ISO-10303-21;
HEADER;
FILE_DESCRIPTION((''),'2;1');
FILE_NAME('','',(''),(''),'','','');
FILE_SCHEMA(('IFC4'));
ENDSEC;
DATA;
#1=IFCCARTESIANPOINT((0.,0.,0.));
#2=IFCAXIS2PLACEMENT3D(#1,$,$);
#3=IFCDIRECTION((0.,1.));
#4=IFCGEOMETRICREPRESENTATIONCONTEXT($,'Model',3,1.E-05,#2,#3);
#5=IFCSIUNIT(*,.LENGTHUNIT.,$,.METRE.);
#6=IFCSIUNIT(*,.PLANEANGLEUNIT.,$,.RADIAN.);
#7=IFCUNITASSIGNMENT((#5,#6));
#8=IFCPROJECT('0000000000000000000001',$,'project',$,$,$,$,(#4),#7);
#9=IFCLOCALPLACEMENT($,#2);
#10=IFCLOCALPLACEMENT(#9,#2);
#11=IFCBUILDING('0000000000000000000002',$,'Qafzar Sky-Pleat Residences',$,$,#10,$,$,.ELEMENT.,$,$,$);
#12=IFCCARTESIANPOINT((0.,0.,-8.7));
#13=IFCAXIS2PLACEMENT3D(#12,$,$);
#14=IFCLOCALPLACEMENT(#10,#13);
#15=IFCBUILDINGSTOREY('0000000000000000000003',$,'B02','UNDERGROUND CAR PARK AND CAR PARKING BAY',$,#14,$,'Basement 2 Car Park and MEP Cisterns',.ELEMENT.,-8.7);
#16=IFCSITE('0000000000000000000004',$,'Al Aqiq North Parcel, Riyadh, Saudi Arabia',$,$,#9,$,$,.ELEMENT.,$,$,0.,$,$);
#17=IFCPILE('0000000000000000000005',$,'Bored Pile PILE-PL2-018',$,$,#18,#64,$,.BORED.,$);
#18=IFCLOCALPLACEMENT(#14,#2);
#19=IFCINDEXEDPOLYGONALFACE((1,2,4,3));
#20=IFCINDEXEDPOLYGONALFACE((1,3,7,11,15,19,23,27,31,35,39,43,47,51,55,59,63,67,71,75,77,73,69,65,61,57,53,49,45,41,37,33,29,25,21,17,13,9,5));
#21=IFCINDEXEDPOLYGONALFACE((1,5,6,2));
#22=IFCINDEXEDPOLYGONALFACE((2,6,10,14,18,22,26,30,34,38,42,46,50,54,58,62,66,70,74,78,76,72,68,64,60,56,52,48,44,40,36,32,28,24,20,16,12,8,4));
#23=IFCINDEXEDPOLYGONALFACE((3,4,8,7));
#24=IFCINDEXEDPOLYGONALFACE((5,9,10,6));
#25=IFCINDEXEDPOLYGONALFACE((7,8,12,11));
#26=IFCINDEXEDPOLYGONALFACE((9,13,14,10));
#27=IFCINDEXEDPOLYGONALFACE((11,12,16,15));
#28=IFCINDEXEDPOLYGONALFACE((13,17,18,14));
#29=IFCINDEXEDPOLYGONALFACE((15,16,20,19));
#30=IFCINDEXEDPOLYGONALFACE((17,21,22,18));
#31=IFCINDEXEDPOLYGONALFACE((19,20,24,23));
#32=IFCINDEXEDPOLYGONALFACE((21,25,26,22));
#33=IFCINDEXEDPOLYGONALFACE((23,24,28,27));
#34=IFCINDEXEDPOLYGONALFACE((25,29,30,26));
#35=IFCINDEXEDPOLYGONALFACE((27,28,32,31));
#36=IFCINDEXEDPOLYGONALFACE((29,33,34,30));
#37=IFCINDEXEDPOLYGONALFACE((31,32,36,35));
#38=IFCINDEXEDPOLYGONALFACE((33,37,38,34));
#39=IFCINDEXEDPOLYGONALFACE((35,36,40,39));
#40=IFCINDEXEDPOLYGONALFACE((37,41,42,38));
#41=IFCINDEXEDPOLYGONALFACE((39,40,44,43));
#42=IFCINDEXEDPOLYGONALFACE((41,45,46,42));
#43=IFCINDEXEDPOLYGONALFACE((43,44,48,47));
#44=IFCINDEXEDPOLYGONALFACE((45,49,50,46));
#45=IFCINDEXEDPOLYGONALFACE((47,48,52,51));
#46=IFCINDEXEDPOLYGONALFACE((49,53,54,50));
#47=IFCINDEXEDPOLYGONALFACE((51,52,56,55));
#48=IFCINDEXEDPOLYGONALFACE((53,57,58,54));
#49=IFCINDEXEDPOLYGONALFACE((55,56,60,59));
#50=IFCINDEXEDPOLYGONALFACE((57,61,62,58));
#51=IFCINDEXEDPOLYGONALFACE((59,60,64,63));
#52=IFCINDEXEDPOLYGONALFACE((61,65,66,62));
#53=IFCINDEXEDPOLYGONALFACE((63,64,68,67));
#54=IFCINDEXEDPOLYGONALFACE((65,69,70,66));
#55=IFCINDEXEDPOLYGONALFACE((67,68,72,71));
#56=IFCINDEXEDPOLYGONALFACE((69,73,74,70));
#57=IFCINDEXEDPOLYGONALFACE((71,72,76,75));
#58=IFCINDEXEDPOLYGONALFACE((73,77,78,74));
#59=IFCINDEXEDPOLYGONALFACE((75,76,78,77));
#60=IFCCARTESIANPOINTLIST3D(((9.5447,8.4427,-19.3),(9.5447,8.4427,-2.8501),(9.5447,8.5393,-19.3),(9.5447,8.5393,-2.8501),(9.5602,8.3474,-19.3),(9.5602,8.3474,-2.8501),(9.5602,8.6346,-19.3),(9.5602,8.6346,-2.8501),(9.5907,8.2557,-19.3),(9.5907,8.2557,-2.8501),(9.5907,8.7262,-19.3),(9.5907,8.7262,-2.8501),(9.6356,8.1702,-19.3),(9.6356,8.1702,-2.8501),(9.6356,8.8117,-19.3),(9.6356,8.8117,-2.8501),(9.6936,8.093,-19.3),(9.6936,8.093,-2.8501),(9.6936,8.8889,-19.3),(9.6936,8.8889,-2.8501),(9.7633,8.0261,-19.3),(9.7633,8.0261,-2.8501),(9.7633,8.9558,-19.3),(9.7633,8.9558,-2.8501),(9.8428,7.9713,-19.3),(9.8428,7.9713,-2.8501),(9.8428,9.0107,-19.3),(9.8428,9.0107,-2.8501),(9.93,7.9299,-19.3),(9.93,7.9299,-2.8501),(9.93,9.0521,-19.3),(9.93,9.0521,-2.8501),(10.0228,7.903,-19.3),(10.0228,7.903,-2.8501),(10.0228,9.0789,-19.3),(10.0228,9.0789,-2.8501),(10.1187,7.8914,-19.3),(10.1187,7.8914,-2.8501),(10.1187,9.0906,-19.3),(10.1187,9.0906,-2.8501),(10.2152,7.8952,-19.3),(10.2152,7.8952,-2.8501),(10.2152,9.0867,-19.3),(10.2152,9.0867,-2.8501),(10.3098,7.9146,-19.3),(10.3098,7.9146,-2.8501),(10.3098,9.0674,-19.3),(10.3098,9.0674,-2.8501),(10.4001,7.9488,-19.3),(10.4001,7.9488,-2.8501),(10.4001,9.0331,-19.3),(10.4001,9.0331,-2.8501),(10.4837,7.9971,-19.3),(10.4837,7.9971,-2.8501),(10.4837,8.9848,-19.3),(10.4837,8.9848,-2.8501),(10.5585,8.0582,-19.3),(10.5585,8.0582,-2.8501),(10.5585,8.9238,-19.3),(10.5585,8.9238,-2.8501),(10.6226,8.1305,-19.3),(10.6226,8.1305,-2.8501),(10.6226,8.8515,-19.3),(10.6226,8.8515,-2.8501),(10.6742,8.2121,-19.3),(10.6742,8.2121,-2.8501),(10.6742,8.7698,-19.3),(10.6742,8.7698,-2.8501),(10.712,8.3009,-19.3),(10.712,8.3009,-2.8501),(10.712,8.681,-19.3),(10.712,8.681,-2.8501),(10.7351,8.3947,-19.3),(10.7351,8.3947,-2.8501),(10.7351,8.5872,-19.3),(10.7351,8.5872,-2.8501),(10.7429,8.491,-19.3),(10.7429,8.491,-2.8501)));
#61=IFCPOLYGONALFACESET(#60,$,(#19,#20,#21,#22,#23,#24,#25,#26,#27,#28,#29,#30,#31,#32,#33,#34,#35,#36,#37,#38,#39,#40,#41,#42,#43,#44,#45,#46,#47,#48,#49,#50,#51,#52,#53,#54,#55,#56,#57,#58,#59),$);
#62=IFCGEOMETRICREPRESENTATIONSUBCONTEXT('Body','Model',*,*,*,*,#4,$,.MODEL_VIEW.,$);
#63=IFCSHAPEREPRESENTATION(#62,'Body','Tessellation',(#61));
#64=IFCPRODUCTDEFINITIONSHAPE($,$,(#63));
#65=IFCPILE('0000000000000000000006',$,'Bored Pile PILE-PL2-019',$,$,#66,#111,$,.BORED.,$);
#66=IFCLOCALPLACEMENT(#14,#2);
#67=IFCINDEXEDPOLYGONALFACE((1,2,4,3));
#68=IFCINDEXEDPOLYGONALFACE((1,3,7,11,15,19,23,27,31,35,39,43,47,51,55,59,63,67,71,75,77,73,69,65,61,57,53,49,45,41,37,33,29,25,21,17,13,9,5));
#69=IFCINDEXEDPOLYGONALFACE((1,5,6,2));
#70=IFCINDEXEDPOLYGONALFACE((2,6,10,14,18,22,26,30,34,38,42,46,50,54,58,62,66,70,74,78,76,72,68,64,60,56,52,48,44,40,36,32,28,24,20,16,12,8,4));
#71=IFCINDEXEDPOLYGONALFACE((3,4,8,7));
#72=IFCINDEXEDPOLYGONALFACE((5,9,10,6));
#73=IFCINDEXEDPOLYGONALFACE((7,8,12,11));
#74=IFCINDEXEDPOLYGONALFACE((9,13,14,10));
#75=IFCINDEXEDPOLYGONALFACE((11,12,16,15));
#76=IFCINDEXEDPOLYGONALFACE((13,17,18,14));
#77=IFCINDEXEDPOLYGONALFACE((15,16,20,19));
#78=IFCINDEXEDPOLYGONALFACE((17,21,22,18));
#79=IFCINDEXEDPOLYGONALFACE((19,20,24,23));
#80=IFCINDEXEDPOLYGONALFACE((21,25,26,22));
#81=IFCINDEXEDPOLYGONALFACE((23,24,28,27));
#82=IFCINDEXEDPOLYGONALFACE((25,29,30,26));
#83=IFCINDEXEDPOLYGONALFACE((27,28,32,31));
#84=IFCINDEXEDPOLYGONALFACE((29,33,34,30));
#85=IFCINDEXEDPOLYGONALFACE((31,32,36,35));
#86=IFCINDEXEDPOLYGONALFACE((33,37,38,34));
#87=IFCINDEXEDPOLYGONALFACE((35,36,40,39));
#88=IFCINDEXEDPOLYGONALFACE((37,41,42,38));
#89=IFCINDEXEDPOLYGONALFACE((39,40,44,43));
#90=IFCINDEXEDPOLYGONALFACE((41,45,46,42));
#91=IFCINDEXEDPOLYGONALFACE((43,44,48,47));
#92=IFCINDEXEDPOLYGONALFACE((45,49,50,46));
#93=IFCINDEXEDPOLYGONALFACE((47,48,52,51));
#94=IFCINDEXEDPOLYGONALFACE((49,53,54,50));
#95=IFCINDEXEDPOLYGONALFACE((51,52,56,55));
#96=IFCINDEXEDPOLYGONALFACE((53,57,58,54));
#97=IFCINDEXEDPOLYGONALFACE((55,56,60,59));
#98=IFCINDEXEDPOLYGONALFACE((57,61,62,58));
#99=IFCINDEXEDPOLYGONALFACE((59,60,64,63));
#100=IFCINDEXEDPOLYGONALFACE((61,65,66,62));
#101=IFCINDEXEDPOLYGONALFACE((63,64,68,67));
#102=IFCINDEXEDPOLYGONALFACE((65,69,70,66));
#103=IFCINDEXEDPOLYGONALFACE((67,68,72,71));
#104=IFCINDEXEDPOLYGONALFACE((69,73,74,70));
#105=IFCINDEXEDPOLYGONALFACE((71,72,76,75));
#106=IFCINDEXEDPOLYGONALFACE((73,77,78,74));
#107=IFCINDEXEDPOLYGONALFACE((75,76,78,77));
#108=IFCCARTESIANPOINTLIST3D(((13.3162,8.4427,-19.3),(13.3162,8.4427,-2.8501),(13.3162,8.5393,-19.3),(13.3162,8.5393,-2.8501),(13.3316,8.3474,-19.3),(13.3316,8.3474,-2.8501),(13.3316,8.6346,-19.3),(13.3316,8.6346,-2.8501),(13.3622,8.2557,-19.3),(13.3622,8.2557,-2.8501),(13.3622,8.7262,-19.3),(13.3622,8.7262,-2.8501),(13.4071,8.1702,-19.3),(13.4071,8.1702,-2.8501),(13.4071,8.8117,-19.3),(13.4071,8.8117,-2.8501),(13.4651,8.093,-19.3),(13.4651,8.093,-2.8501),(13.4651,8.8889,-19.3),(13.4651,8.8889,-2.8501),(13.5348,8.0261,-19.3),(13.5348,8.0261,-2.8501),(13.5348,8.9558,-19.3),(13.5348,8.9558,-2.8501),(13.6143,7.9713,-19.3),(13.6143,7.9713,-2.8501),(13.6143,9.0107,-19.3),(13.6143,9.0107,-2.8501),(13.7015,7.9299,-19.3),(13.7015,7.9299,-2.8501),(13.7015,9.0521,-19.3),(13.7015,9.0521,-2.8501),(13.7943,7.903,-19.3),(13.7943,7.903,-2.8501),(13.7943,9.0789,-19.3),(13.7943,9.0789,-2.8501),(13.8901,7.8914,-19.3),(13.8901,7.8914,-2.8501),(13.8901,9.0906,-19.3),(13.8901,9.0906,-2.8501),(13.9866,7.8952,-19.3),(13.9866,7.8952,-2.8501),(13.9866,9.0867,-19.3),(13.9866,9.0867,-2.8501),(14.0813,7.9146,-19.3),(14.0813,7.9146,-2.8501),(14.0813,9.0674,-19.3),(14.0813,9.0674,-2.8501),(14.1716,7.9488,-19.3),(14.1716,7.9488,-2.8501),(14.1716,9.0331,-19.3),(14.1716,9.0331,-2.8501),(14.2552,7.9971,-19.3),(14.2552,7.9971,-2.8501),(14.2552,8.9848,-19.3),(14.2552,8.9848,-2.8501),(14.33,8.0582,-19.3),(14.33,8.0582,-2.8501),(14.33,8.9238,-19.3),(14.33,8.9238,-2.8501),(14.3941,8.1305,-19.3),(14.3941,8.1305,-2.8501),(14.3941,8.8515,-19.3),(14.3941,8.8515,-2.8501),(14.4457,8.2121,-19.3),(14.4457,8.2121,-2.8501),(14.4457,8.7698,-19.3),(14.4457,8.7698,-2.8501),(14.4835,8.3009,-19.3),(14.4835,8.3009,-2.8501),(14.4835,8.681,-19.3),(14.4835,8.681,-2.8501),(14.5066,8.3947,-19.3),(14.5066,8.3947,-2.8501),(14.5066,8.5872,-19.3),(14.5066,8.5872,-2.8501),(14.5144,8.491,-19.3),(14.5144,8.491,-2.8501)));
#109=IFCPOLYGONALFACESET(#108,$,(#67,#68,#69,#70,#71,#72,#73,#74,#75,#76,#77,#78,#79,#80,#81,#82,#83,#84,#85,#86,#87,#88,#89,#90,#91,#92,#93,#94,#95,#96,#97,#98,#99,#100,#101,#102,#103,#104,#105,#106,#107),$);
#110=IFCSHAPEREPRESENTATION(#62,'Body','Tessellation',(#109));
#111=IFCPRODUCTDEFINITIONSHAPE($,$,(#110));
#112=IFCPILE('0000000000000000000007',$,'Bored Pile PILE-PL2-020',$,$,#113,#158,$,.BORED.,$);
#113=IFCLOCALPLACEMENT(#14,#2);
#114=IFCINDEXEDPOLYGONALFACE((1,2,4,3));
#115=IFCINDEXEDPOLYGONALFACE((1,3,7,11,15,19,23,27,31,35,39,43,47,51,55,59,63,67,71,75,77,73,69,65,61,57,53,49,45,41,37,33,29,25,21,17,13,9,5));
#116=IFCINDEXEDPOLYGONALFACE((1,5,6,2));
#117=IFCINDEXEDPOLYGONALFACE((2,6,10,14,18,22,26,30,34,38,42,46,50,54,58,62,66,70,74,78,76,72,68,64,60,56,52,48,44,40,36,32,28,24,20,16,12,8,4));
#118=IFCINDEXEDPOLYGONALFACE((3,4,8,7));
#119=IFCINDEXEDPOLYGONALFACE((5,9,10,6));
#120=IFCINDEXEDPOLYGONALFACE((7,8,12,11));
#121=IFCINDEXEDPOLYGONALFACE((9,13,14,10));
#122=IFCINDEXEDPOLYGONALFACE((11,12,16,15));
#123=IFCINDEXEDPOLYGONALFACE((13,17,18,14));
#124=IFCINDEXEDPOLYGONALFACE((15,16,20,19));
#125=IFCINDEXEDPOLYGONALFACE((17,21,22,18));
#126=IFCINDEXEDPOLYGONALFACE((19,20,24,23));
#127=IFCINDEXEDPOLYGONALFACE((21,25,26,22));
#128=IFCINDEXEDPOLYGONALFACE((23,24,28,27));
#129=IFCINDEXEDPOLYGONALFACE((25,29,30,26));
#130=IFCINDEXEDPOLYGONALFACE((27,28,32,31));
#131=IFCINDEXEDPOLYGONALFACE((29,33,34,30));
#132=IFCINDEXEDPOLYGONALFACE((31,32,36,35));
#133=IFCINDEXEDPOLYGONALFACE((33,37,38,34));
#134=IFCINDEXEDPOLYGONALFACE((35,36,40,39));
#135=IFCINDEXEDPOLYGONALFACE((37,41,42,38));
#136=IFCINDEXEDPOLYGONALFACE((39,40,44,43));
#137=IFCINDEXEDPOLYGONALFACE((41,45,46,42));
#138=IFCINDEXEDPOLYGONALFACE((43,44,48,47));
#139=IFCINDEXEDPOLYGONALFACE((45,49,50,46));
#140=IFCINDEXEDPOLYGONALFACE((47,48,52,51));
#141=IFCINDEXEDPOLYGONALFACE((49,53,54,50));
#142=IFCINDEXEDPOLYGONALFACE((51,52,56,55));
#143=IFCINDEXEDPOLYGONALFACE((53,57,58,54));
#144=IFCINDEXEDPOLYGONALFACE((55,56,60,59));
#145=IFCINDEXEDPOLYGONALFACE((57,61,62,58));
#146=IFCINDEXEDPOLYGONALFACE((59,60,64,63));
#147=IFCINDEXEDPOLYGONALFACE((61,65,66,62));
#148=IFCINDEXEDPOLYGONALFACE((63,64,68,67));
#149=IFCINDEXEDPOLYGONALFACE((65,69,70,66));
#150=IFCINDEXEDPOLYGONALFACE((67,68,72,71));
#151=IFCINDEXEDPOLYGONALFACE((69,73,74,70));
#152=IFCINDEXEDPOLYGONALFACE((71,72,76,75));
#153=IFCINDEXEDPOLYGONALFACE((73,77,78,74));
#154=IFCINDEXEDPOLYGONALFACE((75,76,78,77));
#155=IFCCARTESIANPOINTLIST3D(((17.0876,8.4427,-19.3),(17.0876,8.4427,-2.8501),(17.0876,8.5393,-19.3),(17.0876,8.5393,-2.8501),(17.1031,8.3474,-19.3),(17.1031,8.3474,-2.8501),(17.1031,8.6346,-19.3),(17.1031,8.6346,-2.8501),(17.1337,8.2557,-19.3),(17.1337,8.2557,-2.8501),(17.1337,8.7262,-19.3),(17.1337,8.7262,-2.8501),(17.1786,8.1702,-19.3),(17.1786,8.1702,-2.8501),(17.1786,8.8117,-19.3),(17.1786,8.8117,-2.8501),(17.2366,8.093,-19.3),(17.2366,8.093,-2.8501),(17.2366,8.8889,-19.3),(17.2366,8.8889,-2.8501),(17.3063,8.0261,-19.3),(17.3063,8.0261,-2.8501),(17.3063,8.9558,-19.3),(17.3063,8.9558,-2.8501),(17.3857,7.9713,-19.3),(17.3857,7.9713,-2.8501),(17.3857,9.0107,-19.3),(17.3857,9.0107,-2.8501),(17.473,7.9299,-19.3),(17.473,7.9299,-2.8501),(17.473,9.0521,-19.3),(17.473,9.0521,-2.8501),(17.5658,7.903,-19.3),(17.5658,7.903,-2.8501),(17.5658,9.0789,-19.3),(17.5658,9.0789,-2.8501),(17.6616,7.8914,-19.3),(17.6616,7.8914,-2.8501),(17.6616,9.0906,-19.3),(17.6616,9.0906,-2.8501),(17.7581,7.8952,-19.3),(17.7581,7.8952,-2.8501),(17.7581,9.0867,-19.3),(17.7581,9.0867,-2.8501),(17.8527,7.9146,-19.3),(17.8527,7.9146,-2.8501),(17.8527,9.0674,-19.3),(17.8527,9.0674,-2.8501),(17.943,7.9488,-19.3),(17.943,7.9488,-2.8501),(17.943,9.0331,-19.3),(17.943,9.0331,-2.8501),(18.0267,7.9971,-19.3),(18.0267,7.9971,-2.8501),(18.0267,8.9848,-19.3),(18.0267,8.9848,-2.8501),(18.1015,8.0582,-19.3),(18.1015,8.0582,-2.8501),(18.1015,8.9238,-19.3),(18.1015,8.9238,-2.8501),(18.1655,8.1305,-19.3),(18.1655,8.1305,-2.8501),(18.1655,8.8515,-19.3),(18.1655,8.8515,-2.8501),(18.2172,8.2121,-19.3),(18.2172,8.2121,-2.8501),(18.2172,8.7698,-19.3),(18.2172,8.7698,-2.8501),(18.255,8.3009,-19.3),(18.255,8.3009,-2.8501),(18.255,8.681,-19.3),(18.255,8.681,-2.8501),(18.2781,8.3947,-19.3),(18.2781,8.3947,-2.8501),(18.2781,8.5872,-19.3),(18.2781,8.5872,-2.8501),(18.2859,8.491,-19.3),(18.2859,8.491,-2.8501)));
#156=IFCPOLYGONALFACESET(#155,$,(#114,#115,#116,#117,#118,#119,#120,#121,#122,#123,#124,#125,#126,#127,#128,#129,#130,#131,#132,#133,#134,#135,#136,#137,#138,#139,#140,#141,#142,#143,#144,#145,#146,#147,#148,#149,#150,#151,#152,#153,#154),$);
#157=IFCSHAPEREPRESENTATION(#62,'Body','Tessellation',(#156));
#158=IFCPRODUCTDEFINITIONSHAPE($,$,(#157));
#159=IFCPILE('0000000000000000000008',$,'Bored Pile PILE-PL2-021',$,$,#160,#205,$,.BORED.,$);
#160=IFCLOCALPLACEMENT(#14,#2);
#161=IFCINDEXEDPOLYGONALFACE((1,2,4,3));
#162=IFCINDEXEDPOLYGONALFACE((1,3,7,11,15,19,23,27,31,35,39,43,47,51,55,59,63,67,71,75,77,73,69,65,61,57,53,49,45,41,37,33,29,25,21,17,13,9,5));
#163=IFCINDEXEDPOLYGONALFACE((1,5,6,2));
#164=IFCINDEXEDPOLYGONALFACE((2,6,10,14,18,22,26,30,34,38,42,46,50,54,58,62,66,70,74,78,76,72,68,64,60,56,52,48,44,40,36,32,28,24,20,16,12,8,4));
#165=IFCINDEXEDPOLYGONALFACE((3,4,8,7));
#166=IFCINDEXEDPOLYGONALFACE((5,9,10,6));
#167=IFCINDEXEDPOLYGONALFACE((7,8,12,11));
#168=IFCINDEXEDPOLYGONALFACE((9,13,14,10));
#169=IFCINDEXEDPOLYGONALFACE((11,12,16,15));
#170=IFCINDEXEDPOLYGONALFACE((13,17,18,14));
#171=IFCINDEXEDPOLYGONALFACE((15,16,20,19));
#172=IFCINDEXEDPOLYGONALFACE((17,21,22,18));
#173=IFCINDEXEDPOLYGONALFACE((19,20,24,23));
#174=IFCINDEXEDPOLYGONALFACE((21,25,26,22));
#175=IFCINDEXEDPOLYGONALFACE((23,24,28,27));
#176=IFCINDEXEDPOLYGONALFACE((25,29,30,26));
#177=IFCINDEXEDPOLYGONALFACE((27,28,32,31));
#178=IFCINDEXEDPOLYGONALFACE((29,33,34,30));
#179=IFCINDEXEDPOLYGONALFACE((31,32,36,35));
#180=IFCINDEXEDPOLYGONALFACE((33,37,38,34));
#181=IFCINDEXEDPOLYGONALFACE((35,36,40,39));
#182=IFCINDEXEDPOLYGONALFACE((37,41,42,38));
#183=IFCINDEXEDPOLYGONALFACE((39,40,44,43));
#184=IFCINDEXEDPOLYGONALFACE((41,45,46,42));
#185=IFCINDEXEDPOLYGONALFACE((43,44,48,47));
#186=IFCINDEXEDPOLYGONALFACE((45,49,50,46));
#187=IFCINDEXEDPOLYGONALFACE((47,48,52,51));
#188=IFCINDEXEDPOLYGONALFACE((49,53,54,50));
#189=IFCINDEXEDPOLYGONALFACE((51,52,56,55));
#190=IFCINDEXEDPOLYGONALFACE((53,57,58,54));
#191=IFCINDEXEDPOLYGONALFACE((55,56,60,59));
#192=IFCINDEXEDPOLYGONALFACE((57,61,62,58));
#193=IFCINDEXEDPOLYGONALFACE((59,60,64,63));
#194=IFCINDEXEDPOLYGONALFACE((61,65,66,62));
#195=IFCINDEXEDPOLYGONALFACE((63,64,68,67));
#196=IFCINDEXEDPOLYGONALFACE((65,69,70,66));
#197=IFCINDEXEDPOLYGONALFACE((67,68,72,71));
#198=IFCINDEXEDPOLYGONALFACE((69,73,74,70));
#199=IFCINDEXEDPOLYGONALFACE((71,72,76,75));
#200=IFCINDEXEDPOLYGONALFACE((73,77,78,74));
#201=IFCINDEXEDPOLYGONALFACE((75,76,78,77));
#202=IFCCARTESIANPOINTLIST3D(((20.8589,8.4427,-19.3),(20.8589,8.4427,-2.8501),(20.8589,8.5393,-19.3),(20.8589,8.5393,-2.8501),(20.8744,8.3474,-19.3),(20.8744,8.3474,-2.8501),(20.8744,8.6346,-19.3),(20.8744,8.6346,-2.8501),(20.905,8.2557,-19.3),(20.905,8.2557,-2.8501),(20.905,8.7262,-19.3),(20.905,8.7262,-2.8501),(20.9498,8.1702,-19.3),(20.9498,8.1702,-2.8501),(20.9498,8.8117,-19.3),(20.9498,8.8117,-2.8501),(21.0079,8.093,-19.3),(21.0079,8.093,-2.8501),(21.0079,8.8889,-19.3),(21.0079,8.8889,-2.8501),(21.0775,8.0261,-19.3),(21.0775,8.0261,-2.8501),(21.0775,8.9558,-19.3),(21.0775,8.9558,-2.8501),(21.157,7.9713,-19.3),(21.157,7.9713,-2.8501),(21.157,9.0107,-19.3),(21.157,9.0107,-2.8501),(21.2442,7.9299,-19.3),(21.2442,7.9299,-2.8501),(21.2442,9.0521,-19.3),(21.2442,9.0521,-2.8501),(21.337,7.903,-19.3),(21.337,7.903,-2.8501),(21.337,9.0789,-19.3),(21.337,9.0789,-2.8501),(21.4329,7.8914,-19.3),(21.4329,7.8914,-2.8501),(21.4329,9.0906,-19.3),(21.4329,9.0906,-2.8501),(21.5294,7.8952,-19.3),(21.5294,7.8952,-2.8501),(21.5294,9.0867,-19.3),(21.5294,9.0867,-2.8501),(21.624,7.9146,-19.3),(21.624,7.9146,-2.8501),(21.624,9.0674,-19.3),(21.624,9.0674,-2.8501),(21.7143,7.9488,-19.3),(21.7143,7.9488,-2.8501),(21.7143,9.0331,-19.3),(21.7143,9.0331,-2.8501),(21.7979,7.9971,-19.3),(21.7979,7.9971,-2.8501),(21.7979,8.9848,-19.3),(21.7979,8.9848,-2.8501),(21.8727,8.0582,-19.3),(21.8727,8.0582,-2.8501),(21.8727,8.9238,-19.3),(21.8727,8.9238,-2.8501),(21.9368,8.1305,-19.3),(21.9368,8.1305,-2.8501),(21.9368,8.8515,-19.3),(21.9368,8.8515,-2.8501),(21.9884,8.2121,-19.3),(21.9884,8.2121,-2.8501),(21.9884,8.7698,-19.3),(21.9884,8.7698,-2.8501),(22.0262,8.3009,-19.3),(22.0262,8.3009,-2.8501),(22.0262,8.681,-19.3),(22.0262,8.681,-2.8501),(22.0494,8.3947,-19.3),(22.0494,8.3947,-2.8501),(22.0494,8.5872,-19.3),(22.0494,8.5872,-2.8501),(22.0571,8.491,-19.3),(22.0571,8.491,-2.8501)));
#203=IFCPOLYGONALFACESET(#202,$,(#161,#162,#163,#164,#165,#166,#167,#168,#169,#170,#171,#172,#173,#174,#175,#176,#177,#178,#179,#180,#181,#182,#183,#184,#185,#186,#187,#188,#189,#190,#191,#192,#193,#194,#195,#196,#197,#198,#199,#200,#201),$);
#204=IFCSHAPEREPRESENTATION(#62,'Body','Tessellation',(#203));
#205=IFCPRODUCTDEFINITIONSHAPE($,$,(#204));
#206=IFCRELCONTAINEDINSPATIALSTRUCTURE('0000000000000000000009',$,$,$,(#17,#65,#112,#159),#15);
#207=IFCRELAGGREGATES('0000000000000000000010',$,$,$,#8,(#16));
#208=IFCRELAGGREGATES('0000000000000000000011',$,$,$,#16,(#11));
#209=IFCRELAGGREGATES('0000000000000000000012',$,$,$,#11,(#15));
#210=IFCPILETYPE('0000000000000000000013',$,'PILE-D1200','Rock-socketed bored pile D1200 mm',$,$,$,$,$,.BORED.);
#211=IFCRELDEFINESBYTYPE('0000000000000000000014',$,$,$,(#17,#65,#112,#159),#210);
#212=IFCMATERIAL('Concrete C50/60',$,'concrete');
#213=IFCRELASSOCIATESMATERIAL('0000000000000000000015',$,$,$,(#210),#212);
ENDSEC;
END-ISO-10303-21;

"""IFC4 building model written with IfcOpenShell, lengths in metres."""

from ifc_helpers import new_model, si_unit, direction, frame, origin, origin_2d, place, context, subcontext, project, spatial, circle, extrude, source, transform, mapped, material, material_profile, profile_set, type_object, element, save


model = new_model("IFC4")

# Units and contexts
model_context = context("Model", 3, precision=1e-05, world=origin(), true_north=direction((0.0, 1.0)))
body_context = subcontext(model_context, "Body", "Model", "MODEL_VIEW")
ifc_project = project(units=[si_unit("LENGTHUNIT", "METRE"), si_unit("PLANEANGLEUNIT", "RADIAN")], contexts=[model_context])

# Site, building, storey
site_placement = place(None, origin())
site = spatial("IfcSite", under=ifc_project, at=site_placement, Name="Al Aqiq North Parcel, Riyadh, Saudi Arabia", CompositionType="ELEMENT", RefElevation=0.0)
building_placement = place(site_placement, origin())
building = spatial("IfcBuilding", under=site, at=building_placement, Name="Qafzar Sky-Pleat Residences", CompositionType="ELEMENT")
storey_placement = place(building_placement, frame((0.0, 0.0, -8.7)))
storey = spatial("IfcBuildingStorey", under=building, at=storey_placement, Name="B02", Description="UNDERGROUND CAR PARK AND CAR PARKING BAY", LongName="Basement 2 Car Park and MEP Cisterns", CompositionType="ELEMENT", Elevation=-8.7)

# Piles
ifc_material_1 = material(Name="Concrete C50/60", Category="concrete")
ifc_material_profile_1 = material_profile(ifc_material_1, circle(Radius=0.6001, at=origin_2d()), Name="PILE D1200")
ifc_profile_set_1 = profile_set([ifc_material_profile_1], Name="Concrete C50/60")
pile_type_1 = type_object("IfcPileType", Name="PILE-D1200", Description="Rock-socketed bored pile D1200 mm", PredefinedType="BORED", material=ifc_profile_set_1)
shared_shape_1 = source(origin(), body_context, "Body", "SweptSolid", [
    extrude(circle(Radius=0.6001, at=origin_2d()), origin(), (0.0, 0.0, 1.0), 16.45),
])
for number, where, z_axis, x_axis, name in (
    (1, (10.1428, 8.491, -2.8501), (0.0, 0.0, -1.0), (1.0, 0.0, 0.0), "Bored Pile PILE-PL2-018"),
    (2, (13.9143, 8.491, -2.8501), (0.0, 0.0, -1.0), (1.0, 0.0, 0.0), "Bored Pile PILE-PL2-019"),
    (3, (17.6858, 8.491, -2.8501), (0.0, 0.0, -1.0), (1.0, 0.0, 0.0), "Bored Pile PILE-PL2-020"),
    (4, (21.457, 8.491, -2.8501), (0.0, 0.0, -1.0), (1.0, 0.0, 0.0), "Bored Pile PILE-PL2-021"),
):
    element("IfcPile", number, at=place(storey_placement, frame(where, z_axis=z_axis, x_axis=x_axis)), inside=storey, type_object=pile_type_1, Name=name, PredefinedType="BORED", context=body_context, shape_type="MappedRepresentation", body=[
        mapped(shared_shape_1, transform((0.0, 0.0, 0.0), x_axis=(1.0, 0.0, 0.0), y_axis=(0.0, 1.0, 0.0), z_axis=(0.0, 0.0, 1.0), scale=1.0)),
    ])

save(model, "model.ifc")
